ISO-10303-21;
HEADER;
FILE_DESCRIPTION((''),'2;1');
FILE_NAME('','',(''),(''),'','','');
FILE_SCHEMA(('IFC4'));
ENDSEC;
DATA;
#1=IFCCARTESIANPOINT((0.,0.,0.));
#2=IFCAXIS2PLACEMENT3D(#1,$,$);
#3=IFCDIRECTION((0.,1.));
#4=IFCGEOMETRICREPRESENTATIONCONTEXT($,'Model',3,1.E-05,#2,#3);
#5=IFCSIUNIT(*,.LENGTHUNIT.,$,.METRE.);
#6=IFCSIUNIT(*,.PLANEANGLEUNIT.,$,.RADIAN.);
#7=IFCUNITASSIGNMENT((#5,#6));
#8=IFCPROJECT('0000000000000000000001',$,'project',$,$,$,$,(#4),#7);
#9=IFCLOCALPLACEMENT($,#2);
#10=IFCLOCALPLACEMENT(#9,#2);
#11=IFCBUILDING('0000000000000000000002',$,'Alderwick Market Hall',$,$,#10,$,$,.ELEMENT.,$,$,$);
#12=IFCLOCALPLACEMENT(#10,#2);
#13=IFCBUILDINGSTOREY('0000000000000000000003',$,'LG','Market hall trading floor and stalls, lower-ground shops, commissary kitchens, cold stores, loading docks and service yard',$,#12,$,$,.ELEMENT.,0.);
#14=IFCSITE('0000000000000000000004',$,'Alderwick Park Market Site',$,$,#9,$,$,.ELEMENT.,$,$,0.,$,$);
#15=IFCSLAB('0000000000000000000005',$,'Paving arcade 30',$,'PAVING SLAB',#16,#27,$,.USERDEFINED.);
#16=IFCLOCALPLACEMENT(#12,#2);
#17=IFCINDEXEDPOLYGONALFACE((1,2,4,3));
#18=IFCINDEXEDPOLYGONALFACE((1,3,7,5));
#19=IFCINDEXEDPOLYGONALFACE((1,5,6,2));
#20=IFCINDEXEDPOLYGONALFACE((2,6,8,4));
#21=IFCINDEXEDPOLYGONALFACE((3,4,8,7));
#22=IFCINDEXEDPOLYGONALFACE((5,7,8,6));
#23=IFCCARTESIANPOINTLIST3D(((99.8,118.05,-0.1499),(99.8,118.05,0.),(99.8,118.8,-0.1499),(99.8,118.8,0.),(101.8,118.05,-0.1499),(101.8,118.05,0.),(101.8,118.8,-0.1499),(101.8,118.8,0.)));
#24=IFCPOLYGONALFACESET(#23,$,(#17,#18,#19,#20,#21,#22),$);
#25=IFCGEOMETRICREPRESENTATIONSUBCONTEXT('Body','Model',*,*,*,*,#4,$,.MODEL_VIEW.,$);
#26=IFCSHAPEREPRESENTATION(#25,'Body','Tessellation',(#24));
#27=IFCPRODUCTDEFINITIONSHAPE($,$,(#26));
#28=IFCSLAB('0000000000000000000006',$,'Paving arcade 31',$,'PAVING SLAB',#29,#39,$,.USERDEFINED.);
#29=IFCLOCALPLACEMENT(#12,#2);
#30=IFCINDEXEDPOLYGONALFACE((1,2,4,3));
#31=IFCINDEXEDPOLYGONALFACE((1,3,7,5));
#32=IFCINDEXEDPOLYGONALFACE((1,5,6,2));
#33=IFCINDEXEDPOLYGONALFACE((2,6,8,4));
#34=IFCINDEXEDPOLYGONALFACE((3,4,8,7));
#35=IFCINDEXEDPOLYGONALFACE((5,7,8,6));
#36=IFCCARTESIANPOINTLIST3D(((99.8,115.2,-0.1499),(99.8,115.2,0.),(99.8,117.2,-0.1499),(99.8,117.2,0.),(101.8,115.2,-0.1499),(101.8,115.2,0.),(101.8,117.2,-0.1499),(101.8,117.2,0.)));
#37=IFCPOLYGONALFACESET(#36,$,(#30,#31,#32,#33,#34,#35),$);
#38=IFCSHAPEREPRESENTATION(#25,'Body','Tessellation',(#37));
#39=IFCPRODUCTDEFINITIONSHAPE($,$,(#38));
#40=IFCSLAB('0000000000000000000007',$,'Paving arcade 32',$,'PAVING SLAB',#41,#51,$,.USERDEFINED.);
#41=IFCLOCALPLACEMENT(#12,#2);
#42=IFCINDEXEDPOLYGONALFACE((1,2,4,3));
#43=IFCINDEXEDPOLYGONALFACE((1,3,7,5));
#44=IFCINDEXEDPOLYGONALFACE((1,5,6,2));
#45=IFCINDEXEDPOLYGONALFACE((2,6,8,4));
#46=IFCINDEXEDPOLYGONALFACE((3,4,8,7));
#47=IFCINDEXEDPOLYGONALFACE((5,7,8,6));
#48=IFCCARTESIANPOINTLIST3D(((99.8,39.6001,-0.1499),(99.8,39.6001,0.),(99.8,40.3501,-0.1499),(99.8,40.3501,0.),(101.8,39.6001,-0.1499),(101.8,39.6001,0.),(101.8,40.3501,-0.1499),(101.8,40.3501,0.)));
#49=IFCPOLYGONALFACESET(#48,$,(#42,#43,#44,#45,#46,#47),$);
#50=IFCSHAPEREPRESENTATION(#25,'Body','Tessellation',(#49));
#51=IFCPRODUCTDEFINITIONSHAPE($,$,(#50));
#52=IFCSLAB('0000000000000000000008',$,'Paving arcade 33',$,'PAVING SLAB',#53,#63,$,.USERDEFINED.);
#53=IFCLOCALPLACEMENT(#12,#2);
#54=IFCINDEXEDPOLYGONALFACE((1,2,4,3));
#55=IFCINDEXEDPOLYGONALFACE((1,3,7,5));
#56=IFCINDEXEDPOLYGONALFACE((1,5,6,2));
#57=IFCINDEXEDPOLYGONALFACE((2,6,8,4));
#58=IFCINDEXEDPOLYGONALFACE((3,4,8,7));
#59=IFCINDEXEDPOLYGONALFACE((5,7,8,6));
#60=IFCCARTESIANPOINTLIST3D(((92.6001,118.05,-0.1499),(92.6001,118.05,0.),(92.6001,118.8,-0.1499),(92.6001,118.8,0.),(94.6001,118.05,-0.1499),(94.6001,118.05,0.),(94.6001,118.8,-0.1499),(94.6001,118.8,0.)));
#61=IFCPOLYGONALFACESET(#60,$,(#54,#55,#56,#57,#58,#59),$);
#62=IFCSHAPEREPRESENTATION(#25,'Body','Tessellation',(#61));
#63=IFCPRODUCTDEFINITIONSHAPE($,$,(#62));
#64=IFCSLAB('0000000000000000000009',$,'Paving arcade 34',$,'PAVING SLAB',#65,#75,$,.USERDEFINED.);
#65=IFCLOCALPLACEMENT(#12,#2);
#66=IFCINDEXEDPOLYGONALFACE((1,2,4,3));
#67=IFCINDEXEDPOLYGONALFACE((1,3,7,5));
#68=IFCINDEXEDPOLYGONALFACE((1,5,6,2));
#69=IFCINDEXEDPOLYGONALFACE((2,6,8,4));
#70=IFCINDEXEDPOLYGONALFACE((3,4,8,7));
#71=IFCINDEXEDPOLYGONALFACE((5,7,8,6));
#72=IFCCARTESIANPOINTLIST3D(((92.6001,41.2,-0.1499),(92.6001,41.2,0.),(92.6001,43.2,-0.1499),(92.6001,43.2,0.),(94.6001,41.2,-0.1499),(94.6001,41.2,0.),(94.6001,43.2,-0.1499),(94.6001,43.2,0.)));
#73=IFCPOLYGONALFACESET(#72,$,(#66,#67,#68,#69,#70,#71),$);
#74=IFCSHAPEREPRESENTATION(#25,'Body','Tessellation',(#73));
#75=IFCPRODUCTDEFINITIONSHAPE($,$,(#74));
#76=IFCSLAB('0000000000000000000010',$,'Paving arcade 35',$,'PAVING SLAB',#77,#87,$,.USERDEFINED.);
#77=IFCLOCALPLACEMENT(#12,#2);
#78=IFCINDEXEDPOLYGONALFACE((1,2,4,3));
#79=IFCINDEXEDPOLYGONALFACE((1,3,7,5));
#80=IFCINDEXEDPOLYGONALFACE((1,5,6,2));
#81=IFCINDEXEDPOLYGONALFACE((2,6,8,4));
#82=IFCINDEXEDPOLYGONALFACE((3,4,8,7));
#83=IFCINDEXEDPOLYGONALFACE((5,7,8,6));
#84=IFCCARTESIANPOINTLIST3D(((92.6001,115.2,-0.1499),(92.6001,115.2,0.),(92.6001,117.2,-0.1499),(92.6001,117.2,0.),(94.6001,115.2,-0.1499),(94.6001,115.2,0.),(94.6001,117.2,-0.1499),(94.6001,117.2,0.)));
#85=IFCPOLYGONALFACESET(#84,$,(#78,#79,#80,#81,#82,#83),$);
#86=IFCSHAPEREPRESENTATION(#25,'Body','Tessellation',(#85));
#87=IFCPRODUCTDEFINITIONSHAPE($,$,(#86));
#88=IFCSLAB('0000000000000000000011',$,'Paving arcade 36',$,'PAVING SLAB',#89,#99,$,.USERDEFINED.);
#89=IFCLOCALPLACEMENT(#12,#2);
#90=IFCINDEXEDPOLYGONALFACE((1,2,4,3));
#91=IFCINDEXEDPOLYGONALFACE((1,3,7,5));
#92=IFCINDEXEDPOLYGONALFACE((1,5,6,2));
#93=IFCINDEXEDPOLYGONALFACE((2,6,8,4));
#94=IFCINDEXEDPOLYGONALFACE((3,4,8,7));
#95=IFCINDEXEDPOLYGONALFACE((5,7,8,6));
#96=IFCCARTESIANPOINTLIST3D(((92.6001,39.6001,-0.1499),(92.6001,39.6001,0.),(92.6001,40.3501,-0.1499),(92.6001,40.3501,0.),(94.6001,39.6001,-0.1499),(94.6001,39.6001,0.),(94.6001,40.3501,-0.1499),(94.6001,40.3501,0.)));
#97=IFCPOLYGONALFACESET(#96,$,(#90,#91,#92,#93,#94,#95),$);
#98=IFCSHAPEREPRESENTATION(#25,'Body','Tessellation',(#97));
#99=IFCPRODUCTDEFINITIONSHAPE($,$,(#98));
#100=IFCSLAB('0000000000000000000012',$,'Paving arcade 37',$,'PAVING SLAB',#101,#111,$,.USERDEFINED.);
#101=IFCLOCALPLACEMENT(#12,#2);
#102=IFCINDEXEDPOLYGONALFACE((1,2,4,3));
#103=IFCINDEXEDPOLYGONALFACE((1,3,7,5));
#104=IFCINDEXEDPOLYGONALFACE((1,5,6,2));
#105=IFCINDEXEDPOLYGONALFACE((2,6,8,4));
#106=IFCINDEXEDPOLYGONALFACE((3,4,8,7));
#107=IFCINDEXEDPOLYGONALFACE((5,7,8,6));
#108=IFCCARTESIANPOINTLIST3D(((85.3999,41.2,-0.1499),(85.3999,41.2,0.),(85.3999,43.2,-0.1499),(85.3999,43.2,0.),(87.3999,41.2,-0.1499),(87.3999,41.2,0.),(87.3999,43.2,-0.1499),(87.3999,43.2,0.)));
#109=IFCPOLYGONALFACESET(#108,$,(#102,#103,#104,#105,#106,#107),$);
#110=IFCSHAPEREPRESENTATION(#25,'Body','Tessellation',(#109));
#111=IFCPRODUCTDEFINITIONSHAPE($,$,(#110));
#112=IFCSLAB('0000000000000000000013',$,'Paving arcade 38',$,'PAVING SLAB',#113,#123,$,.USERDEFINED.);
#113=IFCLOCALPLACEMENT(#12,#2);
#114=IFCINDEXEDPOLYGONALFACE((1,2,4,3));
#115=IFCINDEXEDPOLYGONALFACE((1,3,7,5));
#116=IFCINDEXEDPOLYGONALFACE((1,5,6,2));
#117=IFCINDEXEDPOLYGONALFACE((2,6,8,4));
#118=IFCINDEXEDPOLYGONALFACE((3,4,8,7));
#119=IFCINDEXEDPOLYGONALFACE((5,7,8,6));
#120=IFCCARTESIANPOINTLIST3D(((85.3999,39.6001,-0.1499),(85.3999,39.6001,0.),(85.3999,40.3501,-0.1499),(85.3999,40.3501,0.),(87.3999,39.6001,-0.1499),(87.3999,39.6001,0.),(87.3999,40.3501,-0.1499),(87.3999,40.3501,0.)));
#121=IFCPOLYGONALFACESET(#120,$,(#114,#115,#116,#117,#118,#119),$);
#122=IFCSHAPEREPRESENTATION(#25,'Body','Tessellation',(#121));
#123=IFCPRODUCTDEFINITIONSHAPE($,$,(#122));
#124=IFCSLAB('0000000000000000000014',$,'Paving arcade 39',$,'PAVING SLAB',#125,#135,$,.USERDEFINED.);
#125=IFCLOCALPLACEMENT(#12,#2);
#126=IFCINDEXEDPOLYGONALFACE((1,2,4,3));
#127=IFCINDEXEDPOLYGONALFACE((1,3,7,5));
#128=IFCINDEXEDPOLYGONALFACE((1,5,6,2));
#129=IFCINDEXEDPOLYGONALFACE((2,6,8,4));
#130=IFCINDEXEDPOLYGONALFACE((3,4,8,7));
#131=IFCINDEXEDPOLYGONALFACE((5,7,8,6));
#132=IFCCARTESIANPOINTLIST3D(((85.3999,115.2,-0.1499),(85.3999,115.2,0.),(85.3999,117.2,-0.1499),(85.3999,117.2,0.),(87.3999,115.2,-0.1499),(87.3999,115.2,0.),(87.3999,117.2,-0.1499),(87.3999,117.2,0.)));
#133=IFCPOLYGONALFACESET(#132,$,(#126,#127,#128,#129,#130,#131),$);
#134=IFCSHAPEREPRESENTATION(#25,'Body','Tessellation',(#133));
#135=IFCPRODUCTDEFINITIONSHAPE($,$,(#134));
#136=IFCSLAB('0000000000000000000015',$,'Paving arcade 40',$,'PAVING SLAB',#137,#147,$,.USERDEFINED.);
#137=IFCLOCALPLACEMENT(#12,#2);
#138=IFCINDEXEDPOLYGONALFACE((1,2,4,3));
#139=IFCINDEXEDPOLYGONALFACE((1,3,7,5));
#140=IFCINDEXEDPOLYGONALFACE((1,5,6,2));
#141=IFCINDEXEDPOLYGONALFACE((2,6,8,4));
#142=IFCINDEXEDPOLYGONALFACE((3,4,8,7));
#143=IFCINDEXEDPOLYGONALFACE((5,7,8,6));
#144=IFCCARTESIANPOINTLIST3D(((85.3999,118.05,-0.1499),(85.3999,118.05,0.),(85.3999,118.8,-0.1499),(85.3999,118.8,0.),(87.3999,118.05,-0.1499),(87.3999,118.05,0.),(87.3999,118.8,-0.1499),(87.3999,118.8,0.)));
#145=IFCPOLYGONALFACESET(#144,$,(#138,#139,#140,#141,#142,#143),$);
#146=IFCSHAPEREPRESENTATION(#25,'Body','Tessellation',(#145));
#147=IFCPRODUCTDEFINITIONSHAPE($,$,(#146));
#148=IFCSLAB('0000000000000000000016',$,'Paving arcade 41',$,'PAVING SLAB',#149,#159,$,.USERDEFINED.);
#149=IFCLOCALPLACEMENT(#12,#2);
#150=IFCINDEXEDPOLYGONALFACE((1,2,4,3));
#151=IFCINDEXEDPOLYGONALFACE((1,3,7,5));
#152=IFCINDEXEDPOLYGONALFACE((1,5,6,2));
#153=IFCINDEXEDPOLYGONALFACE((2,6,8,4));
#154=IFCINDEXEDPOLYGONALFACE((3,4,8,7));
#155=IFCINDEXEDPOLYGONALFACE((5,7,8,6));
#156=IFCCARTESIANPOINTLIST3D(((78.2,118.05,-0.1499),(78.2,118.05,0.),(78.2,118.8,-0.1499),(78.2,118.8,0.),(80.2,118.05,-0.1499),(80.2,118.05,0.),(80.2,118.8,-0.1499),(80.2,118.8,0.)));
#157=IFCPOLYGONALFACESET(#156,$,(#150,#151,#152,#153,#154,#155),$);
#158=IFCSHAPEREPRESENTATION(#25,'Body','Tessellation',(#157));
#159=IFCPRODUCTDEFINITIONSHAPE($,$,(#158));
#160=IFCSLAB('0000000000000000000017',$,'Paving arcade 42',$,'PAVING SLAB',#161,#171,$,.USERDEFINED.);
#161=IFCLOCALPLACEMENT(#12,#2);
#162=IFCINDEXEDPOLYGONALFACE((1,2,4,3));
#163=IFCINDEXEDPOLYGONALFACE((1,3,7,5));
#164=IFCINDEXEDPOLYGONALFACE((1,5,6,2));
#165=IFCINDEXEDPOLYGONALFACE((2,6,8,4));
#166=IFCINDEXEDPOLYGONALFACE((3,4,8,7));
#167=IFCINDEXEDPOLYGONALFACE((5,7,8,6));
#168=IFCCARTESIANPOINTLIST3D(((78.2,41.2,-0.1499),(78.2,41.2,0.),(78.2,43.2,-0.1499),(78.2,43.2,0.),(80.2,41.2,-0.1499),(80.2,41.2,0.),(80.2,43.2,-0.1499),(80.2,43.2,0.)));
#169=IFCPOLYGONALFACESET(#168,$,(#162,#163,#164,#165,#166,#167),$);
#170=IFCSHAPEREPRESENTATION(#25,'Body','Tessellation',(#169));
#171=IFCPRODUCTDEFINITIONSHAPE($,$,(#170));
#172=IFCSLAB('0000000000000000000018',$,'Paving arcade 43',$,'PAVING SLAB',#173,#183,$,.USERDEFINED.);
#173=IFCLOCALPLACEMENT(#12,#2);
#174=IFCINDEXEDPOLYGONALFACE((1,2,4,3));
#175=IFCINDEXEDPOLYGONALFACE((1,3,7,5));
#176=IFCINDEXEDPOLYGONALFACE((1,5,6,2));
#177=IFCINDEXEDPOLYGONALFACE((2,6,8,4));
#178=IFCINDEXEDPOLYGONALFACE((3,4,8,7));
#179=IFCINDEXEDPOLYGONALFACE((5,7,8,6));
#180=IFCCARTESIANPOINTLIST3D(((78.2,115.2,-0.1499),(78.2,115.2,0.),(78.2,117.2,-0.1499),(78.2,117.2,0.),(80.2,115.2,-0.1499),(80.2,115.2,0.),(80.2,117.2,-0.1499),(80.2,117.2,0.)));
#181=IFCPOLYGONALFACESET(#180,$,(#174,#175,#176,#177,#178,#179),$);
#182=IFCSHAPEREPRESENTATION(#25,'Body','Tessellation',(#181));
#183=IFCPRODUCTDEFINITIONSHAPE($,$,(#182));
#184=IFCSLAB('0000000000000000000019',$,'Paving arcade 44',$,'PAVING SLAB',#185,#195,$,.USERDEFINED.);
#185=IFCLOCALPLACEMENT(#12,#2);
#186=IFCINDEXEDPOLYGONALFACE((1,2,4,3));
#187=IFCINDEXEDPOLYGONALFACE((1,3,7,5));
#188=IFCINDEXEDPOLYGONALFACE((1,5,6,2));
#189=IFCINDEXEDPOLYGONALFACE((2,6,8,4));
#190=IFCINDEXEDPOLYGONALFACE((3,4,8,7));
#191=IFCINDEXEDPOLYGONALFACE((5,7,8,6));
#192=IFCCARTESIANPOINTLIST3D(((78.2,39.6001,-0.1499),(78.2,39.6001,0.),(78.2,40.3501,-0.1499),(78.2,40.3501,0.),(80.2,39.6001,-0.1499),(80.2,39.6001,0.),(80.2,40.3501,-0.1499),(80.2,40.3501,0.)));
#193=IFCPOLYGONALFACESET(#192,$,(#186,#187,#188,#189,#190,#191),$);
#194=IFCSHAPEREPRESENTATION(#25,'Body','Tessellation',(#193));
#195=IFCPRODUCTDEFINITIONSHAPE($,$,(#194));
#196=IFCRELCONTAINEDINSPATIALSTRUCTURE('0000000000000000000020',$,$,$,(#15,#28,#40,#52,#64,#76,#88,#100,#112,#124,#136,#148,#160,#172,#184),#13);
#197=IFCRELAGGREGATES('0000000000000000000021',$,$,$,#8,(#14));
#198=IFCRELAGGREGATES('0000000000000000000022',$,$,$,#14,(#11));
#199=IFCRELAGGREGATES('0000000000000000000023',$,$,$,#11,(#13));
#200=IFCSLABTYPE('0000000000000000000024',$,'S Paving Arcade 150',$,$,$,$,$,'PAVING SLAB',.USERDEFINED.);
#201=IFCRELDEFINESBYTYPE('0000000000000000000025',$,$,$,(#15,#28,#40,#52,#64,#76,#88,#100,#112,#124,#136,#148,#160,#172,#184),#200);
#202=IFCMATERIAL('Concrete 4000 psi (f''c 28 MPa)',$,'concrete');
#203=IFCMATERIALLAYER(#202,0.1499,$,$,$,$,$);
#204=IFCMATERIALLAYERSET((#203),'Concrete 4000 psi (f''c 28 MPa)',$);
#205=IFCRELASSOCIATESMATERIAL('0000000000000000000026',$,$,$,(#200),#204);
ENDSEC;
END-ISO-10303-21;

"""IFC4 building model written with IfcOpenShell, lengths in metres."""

from ifc_helpers import new_model, si_unit, direction, frame, origin, place, context, subcontext, project, spatial, polyline, outline, extrude, material, layer, layer_set, type_object, element, save


model = new_model("IFC4")

# Units and contexts
model_context = context("Model", 3, precision=1e-05, world=origin(), true_north=direction((0.0, 1.0)))
body_context = subcontext(model_context, "Body", "Model", "MODEL_VIEW")
ifc_project = project(units=[si_unit("LENGTHUNIT", "METRE"), si_unit("PLANEANGLEUNIT", "RADIAN")], contexts=[model_context])

# Site, building, storey
site_placement = place(None, origin())
site = spatial("IfcSite", under=ifc_project, at=site_placement, Name="Alderwick Park Market Site", CompositionType="ELEMENT", RefElevation=0.0)
building_placement = place(site_placement, origin())
building = spatial("IfcBuilding", under=site, at=building_placement, Name="Alderwick Market Hall", CompositionType="ELEMENT")
storey_placement = place(building_placement, origin())
storey = spatial("IfcBuildingStorey", under=building, at=storey_placement, Name="LG", Description="Market hall trading floor and stalls, lower-ground shops, commissary kitchens, cold stores, loading docks and service yard", CompositionType="ELEMENT", Elevation=0.0)

# Slabs
ifc_material = material(Name="Concrete 4000 psi (f'c 28 MPa)", Category="concrete")
ifc_layer = layer(ifc_material, 0.1499)
ifc_layer_set = layer_set([ifc_layer], Name="Concrete 4000 psi (f'c 28 MPa)")
slab_type = type_object("IfcSlabType", Name="S Paving Arcade 150", ElementType="PAVING SLAB", PredefinedType="USERDEFINED", material=ifc_layer_set)
slab_1_placement = place(storey_placement, frame((0.0, 0.0, -0.1499)))
element("IfcSlab", 1, at=slab_1_placement, inside=storey, type_object=slab_type, Name="Paving arcade 30", ObjectType="PAVING SLAB", PredefinedType="USERDEFINED", context=body_context, shape_type="SweptSolid", body=[
    extrude(outline(polyline([(99.8, 118.8), (99.8, 118.05), (101.8, 118.05), (101.8, 118.8), (99.8, 118.8)])), origin(), (0.0, 0.0, 1.0), 0.1499),
])
slab_2_placement = place(storey_placement, frame((0.0, 0.0, -0.1499)))
element("IfcSlab", 2, at=slab_2_placement, inside=storey, type_object=slab_type, Name="Paving arcade 31", ObjectType="PAVING SLAB", PredefinedType="USERDEFINED", context=body_context, shape_type="SweptSolid", body=[
    extrude(outline(polyline([(101.8, 115.2), (101.8, 117.2), (99.8, 117.2), (99.8, 115.2), (101.8, 115.2)])), origin(), (0.0, 0.0, 1.0), 0.1499),
])
slab_3_placement = place(storey_placement, frame((0.0, 0.0, -0.1499)))
element("IfcSlab", 3, at=slab_3_placement, inside=storey, type_object=slab_type, Name="Paving arcade 32", ObjectType="PAVING SLAB", PredefinedType="USERDEFINED", context=body_context, shape_type="SweptSolid", body=[
    extrude(outline(polyline([(101.8, 39.6001), (101.8, 40.3501), (99.8, 40.3501), (99.8, 39.6001), (101.8, 39.6001)])), origin(), (0.0, 0.0, 1.0), 0.1499),
])
slab_4_placement = place(storey_placement, frame((0.0, 0.0, -0.1499)))
element("IfcSlab", 4, at=slab_4_placement, inside=storey, type_object=slab_type, Name="Paving arcade 33", ObjectType="PAVING SLAB", PredefinedType="USERDEFINED", context=body_context, shape_type="SweptSolid", body=[
    extrude(outline(polyline([(92.6001, 118.8), (92.6001, 118.05), (94.6001, 118.05), (94.6001, 118.8), (92.6001, 118.8)])), origin(), (0.0, 0.0, 1.0), 0.1499),
])
slab_5_placement = place(storey_placement, frame((0.0, 0.0, -0.1499)))
element("IfcSlab", 5, at=slab_5_placement, inside=storey, type_object=slab_type, Name="Paving arcade 34", ObjectType="PAVING SLAB", PredefinedType="USERDEFINED", context=body_context, shape_type="SweptSolid", body=[
    extrude(outline(polyline([(92.6001, 43.2), (92.6001, 41.2), (94.6001, 41.2), (94.6001, 43.2), (92.6001, 43.2)])), origin(), (0.0, 0.0, 1.0), 0.1499),
])
slab_6_placement = place(storey_placement, frame((0.0, 0.0, -0.1499)))
element("IfcSlab", 6, at=slab_6_placement, inside=storey, type_object=slab_type, Name="Paving arcade 35", ObjectType="PAVING SLAB", PredefinedType="USERDEFINED", context=body_context, shape_type="SweptSolid", body=[
    extrude(outline(polyline([(94.6001, 115.2), (94.6001, 117.2), (92.6001, 117.2), (92.6001, 115.2), (94.6001, 115.2)])), origin(), (0.0, 0.0, 1.0), 0.1499),
])
slab_7_placement = place(storey_placement, frame((0.0, 0.0, -0.1499)))
element("IfcSlab", 7, at=slab_7_placement, inside=storey, type_object=slab_type, Name="Paving arcade 36", ObjectType="PAVING SLAB", PredefinedType="USERDEFINED", context=body_context, shape_type="SweptSolid", body=[
    extrude(outline(polyline([(94.6001, 39.6001), (94.6001, 40.3501), (92.6001, 40.3501), (92.6001, 39.6001), (94.6001, 39.6001)])), origin(), (0.0, 0.0, 1.0), 0.1499),
])
slab_8_placement = place(storey_placement, frame((0.0, 0.0, -0.1499)))
element("IfcSlab", 8, at=slab_8_placement, inside=storey, type_object=slab_type, Name="Paving arcade 37", ObjectType="PAVING SLAB", PredefinedType="USERDEFINED", context=body_context, shape_type="SweptSolid", body=[
    extrude(outline(polyline([(85.3999, 43.2), (85.3999, 41.2), (87.3999, 41.2), (87.3999, 43.2), (85.3999, 43.2)])), origin(), (0.0, 0.0, 1.0), 0.1499),
])
slab_9_placement = place(storey_placement, frame((0.0, 0.0, -0.1499)))
element("IfcSlab", 9, at=slab_9_placement, inside=storey, type_object=slab_type, Name="Paving arcade 38", ObjectType="PAVING SLAB", PredefinedType="USERDEFINED", context=body_context, shape_type="SweptSolid", body=[
    extrude(outline(polyline([(87.3999, 39.6001), (87.3999, 40.3501), (85.3999, 40.3501), (85.3999, 39.6001), (87.3999, 39.6001)])), origin(), (0.0, 0.0, 1.0), 0.1499),
])
slab_10_placement = place(storey_placement, frame((0.0, 0.0, -0.1499)))
element("IfcSlab", 10, at=slab_10_placement, inside=storey, type_object=slab_type, Name="Paving arcade 39", ObjectType="PAVING SLAB", PredefinedType="USERDEFINED", context=body_context, shape_type="SweptSolid", body=[
    extrude(outline(polyline([(87.3999, 115.2), (87.3999, 117.2), (85.3999, 117.2), (85.3999, 115.2), (87.3999, 115.2)])), origin(), (0.0, 0.0, 1.0), 0.1499),
])
slab_11_placement = place(storey_placement, frame((0.0, 0.0, -0.1499)))
element("IfcSlab", 11, at=slab_11_placement, inside=storey, type_object=slab_type, Name="Paving arcade 40", ObjectType="PAVING SLAB", PredefinedType="USERDEFINED", context=body_context, shape_type="SweptSolid", body=[
    extrude(outline(polyline([(85.3999, 118.8), (85.3999, 118.05), (87.3999, 118.05), (87.3999, 118.8), (85.3999, 118.8)])), origin(), (0.0, 0.0, 1.0), 0.1499),
])
slab_12_placement = place(storey_placement, frame((0.0, 0.0, -0.1499)))
element("IfcSlab", 12, at=slab_12_placement, inside=storey, type_object=slab_type, Name="Paving arcade 41", ObjectType="PAVING SLAB", PredefinedType="USERDEFINED", context=body_context, shape_type="SweptSolid", body=[
    extrude(outline(polyline([(78.2, 118.8), (78.2, 118.05), (80.2, 118.05), (80.2, 118.8), (78.2, 118.8)])), origin(), (0.0, 0.0, 1.0), 0.1499),
])
slab_13_placement = place(storey_placement, frame((0.0, 0.0, -0.1499)))
element("IfcSlab", 13, at=slab_13_placement, inside=storey, type_object=slab_type, Name="Paving arcade 42", ObjectType="PAVING SLAB", PredefinedType="USERDEFINED", context=body_context, shape_type="SweptSolid", body=[
    extrude(outline(polyline([(78.2, 43.2), (78.2, 41.2), (80.2, 41.2), (80.2, 43.2), (78.2, 43.2)])), origin(), (0.0, 0.0, 1.0), 0.1499),
])
slab_14_placement = place(storey_placement, frame((0.0, 0.0, -0.1499)))
element("IfcSlab", 14, at=slab_14_placement, inside=storey, type_object=slab_type, Name="Paving arcade 43", ObjectType="PAVING SLAB", PredefinedType="USERDEFINED", context=body_context, shape_type="SweptSolid", body=[
    extrude(outline(polyline([(80.2, 115.2), (80.2, 117.2), (78.2, 117.2), (78.2, 115.2), (80.2, 115.2)])), origin(), (0.0, 0.0, 1.0), 0.1499),
])
slab_15_placement = place(storey_placement, frame((0.0, 0.0, -0.1499)))
element("IfcSlab", 15, at=slab_15_placement, inside=storey, type_object=slab_type, Name="Paving arcade 44", ObjectType="PAVING SLAB", PredefinedType="USERDEFINED", context=body_context, shape_type="SweptSolid", body=[
    extrude(outline(polyline([(80.2, 39.6001), (80.2, 40.3501), (78.2, 40.3501), (78.2, 39.6001), (80.2, 39.6001)])), origin(), (0.0, 0.0, 1.0), 0.1499),
])

save(model, "model.ifc")
